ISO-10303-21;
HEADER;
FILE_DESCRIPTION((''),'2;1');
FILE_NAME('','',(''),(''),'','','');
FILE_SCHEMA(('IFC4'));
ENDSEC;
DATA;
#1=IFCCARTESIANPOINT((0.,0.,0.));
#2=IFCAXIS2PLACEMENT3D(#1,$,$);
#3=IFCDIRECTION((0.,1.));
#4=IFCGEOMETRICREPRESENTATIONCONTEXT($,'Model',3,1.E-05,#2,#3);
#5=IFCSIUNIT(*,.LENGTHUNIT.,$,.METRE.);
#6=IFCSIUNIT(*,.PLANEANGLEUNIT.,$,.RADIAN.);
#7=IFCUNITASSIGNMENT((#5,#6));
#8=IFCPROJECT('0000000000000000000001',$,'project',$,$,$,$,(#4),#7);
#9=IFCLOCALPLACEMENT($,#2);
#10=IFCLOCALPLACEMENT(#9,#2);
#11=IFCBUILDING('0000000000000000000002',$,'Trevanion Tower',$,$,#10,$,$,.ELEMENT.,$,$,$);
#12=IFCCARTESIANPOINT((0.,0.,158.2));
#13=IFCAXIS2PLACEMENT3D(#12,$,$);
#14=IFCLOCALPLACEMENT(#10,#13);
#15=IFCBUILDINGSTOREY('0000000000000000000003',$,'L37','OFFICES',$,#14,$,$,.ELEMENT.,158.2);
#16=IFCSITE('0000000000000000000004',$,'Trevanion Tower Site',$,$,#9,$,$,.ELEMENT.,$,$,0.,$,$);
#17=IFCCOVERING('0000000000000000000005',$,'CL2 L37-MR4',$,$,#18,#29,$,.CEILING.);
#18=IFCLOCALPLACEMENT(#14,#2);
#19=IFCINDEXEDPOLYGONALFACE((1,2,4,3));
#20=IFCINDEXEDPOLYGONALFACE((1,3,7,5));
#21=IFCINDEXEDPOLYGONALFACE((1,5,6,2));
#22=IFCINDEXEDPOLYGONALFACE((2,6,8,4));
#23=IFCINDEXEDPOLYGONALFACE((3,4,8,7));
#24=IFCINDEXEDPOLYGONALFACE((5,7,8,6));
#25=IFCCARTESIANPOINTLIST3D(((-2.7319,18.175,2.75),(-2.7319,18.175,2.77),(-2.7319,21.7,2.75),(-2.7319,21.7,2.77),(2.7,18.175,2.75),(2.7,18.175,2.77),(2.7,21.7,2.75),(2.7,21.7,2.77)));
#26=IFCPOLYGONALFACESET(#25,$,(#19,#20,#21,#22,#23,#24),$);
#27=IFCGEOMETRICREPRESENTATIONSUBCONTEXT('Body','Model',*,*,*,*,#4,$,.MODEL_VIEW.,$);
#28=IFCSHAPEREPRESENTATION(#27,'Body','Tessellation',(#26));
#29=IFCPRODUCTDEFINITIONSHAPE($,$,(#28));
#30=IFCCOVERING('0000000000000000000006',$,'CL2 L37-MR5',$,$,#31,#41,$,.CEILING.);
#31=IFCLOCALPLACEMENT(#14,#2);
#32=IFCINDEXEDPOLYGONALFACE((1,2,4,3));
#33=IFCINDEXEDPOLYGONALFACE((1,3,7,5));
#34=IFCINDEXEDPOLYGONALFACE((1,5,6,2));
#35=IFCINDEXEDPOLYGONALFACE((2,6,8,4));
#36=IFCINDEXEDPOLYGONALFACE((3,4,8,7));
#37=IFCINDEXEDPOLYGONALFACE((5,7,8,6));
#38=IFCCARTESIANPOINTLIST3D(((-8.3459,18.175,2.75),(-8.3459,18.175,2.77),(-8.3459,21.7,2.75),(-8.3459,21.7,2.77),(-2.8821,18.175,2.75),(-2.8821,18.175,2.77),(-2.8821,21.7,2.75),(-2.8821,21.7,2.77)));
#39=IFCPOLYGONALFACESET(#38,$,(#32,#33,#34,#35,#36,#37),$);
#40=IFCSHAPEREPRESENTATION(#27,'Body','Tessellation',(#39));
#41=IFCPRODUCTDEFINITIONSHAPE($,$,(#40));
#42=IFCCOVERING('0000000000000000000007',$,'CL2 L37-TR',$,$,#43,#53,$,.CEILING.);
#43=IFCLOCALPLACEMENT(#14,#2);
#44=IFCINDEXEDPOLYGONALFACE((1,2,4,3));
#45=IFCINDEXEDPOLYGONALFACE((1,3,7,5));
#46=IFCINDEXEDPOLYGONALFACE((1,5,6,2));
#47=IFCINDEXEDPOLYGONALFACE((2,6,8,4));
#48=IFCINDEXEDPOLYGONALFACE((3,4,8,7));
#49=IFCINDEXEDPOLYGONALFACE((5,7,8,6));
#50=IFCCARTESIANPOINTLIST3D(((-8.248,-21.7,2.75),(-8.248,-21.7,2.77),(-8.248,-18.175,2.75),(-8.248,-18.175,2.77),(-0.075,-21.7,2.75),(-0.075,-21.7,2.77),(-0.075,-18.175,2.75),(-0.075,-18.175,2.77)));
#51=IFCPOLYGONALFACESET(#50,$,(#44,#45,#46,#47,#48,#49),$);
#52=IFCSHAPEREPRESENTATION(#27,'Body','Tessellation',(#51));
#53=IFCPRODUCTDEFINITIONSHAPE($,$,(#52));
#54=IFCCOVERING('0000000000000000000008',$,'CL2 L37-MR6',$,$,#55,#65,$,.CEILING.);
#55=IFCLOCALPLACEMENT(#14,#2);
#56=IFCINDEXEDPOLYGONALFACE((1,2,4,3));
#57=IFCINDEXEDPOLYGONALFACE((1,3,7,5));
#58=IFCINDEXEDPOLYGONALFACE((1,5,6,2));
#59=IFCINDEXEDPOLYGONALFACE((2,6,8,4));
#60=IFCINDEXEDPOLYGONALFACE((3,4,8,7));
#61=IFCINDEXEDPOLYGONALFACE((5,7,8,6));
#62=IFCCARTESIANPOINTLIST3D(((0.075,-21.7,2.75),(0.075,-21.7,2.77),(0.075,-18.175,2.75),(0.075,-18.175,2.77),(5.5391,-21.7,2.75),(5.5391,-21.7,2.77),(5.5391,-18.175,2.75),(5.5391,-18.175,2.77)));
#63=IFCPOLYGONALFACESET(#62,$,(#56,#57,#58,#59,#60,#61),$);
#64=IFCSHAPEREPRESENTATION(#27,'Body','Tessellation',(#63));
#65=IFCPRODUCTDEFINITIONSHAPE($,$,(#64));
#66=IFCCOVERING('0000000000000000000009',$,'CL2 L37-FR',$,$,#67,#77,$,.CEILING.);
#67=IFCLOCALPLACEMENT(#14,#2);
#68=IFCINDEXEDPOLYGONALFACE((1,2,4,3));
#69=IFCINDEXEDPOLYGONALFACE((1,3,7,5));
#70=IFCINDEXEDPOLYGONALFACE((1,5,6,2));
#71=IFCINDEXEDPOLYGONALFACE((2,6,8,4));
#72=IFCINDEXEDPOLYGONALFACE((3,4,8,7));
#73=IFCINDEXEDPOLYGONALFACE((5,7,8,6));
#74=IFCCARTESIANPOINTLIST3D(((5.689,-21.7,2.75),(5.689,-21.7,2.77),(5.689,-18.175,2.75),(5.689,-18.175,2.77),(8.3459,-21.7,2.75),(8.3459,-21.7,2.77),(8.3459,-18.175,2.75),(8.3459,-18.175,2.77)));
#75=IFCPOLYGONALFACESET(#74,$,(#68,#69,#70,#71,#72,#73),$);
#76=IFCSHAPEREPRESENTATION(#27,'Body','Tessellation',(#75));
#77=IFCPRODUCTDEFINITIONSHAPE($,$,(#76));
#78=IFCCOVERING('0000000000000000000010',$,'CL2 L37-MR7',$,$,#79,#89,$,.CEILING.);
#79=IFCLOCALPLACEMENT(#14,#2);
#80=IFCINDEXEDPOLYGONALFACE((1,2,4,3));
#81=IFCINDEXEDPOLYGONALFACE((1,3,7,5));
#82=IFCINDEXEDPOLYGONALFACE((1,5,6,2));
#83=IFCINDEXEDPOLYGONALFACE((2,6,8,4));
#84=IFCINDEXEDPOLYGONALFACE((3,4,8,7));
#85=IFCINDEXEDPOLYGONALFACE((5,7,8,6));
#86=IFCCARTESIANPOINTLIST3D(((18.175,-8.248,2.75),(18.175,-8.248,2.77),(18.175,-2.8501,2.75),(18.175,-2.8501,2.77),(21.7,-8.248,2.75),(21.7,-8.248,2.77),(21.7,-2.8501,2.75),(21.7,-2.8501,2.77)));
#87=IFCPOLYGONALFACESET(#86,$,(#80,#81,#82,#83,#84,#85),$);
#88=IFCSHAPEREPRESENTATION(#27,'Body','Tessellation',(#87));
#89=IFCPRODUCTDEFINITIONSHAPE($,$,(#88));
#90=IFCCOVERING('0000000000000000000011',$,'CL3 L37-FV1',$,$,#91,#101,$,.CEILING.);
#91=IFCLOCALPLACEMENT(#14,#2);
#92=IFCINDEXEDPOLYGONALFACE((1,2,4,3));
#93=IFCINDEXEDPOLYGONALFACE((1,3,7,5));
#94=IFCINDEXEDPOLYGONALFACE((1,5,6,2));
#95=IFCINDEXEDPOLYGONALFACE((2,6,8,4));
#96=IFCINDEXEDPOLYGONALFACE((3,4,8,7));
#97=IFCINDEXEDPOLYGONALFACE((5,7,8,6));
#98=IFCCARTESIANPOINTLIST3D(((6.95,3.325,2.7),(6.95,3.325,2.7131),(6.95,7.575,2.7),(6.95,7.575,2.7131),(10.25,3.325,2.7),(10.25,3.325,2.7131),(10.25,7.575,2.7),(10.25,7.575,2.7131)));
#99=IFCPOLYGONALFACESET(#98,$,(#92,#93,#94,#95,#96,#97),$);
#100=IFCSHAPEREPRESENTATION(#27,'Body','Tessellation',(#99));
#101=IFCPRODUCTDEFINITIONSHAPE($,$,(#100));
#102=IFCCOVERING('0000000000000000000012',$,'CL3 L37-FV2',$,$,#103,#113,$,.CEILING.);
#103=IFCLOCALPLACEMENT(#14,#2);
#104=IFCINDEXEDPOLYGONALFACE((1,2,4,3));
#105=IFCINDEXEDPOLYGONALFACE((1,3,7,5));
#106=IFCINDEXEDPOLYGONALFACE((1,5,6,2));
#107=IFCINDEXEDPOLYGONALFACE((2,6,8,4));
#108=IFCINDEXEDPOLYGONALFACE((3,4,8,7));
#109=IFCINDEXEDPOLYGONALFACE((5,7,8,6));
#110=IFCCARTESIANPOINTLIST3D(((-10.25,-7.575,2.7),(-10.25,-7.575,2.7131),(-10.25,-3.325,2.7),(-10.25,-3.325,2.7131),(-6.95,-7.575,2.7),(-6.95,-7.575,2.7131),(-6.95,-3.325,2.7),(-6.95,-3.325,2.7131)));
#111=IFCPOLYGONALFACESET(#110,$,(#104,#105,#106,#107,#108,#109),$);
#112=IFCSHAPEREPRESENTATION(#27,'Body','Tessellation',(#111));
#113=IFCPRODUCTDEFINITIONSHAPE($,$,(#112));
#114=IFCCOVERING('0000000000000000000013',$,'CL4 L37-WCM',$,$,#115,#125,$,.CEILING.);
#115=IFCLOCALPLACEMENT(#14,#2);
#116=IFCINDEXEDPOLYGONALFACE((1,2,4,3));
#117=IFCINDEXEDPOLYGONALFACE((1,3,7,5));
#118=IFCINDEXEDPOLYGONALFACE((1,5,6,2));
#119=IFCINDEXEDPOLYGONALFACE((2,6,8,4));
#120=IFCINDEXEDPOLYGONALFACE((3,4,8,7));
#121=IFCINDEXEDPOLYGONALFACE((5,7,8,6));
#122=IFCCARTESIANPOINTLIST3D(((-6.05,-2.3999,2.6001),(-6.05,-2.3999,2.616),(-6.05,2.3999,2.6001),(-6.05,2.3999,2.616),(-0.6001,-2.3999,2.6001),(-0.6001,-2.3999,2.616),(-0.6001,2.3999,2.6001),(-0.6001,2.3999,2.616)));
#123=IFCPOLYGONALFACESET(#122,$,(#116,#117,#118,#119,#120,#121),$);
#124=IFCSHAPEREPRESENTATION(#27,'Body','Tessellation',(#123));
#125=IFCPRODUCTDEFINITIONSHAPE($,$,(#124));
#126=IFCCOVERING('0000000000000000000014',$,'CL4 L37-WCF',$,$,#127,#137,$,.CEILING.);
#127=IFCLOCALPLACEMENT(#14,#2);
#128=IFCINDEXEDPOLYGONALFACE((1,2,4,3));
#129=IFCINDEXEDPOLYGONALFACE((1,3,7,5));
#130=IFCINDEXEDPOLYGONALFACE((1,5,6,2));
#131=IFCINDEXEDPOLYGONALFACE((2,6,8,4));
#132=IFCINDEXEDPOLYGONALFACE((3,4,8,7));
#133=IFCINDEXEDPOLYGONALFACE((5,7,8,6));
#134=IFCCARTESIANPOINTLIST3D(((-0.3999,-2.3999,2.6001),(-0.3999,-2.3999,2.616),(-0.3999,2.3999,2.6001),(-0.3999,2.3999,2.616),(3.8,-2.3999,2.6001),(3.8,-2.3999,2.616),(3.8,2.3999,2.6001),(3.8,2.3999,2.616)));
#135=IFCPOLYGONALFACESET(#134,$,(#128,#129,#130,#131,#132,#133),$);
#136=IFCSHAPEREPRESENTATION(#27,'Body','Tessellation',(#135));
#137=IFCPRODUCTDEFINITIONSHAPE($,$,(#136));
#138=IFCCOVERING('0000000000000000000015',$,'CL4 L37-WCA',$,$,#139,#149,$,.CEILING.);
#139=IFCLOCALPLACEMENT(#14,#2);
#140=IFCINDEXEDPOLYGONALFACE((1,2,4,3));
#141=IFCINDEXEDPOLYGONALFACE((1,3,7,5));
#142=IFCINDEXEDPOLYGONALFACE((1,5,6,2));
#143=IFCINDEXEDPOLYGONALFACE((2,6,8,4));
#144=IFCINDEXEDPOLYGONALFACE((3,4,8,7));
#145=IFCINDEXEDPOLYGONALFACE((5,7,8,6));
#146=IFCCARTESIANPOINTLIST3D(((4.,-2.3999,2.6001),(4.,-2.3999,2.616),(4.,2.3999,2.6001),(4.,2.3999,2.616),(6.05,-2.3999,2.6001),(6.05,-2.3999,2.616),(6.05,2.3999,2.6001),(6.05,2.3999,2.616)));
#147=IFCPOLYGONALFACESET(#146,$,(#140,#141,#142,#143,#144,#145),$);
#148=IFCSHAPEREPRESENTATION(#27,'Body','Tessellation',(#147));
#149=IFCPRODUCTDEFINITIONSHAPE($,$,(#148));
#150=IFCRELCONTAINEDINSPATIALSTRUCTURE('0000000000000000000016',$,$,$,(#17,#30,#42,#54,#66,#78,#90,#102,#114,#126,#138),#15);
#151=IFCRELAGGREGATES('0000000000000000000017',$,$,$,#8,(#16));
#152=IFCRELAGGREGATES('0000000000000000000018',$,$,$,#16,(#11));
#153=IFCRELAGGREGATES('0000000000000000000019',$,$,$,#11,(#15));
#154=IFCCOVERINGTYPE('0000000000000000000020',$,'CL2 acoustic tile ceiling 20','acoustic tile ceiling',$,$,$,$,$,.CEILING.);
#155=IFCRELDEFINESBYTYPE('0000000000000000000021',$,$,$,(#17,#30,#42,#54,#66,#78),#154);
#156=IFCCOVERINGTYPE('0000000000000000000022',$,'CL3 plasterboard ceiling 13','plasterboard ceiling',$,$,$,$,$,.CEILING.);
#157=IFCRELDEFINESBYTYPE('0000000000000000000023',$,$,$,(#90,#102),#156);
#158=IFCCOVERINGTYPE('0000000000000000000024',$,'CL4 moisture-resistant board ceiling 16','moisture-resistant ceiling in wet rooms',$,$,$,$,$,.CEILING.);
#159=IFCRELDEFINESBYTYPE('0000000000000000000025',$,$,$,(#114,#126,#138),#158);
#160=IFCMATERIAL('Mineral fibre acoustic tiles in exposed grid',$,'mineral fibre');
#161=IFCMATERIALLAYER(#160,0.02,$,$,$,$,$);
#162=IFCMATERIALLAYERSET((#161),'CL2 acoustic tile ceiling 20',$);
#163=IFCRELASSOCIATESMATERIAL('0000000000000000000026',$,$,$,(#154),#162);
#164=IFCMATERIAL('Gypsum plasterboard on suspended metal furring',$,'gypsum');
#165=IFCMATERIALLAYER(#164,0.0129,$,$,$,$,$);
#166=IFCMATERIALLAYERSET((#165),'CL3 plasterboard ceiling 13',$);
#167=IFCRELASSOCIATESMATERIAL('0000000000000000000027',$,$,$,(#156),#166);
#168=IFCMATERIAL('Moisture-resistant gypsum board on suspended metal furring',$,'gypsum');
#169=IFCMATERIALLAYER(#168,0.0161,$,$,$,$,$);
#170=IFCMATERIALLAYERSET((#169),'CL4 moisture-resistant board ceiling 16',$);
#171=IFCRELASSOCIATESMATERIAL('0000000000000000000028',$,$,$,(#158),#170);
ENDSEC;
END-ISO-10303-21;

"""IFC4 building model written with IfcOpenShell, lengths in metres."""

from ifc_helpers import new_model, si_unit, direction, frame, origin, place, context, subcontext, project, spatial, polyline, outline, extrude, material, layer, layer_set, type_object, element, save


model = new_model("IFC4")

# Units and contexts
model_context = context("Model", 3, precision=1e-05, world=origin(), true_north=direction((0.0, 1.0)))
body_context = subcontext(model_context, "Body", "Model", "MODEL_VIEW")
ifc_project = project(units=[si_unit("LENGTHUNIT", "METRE"), si_unit("PLANEANGLEUNIT", "RADIAN")], contexts=[model_context])

# Site, building, storey
site_placement = place(None, origin())
site = spatial("IfcSite", under=ifc_project, at=site_placement, Name="Trevanion Tower Site", CompositionType="ELEMENT", RefElevation=0.0)
building_placement = place(site_placement, origin())
building = spatial("IfcBuilding", under=site, at=building_placement, Name="Trevanion Tower", CompositionType="ELEMENT")
storey_placement = place(building_placement, frame((0.0, 0.0, 158.2)))
storey = spatial("IfcBuildingStorey", under=building, at=storey_placement, Name="L37", Description="OFFICES", CompositionType="ELEMENT", Elevation=158.2)

# Coverings
ifc_material_1 = material(Name="Mineral fibre acoustic tiles in exposed grid", Category="mineral fibre")
ifc_layer_1 = layer(ifc_material_1, 0.02)
ifc_layer_set_1 = layer_set([ifc_layer_1], Name="CL2 acoustic tile ceiling 20")
covering_type_1 = type_object("IfcCoveringType", Name="CL2 acoustic tile ceiling 20", Description="acoustic tile ceiling", PredefinedType="CEILING", material=ifc_layer_set_1)
covering_1_placement = place(storey_placement, frame((0.0, 0.0, 2.75)))
element("IfcCovering", 1, at=covering_1_placement, inside=storey, type_object=covering_type_1, Name="CL2 L37-MR4", PredefinedType="CEILING", context=body_context, shape_type="SweptSolid", body=[
    extrude(outline(polyline([(2.7, 18.175), (-2.7319, 18.175), (-2.7319, 21.7), (2.7, 21.7), (2.7, 18.175)])), origin(), (0.0, 0.0, 1.0), 0.02),
])
covering_2_placement = place(storey_placement, frame((0.0, 0.0, 2.75)))
element("IfcCovering", 2, at=covering_2_placement, inside=storey, type_object=covering_type_1, Name="CL2 L37-MR5", PredefinedType="CEILING", context=body_context, shape_type="SweptSolid", body=[
    extrude(outline(polyline([(-2.8821, 18.175), (-8.3459, 18.175), (-8.3459, 21.7), (-2.8821, 21.7), (-2.8821, 18.175)])), origin(), (0.0, 0.0, 1.0), 0.02),
])
covering_3_placement = place(storey_placement, frame((0.0, 0.0, 2.75)))
element("IfcCovering", 3, at=covering_3_placement, inside=storey, type_object=covering_type_1, Name="CL2 L37-TR", PredefinedType="CEILING", context=body_context, shape_type="SweptSolid", body=[
    extrude(outline(polyline([(-8.248, -18.175), (-0.075, -18.175), (-0.075, -21.7), (-8.248, -21.7), (-8.248, -18.175)])), origin(), (0.0, 0.0, 1.0), 0.02),
])
covering_4_placement = place(storey_placement, frame((0.0, 0.0, 2.75)))
element("IfcCovering", 4, at=covering_4_placement, inside=storey, type_object=covering_type_1, Name="CL2 L37-MR6", PredefinedType="CEILING", context=body_context, shape_type="SweptSolid", body=[
    extrude(outline(polyline([(0.075, -18.175), (5.5391, -18.175), (5.5391, -21.7), (0.075, -21.7), (0.075, -18.175)])), origin(), (0.0, 0.0, 1.0), 0.02),
])
covering_5_placement = place(storey_placement, frame((0.0, 0.0, 2.75)))
element("IfcCovering", 5, at=covering_5_placement, inside=storey, type_object=covering_type_1, Name="CL2 L37-FR", PredefinedType="CEILING", context=body_context, shape_type="SweptSolid", body=[
    extrude(outline(polyline([(5.689, -18.175), (8.3459, -18.175), (8.3459, -21.7), (5.689, -21.7), (5.689, -18.175)])), origin(), (0.0, 0.0, 1.0), 0.02),
])
covering_6_placement = place(storey_placement, frame((0.0, 0.0, 2.75)))
element("IfcCovering", 6, at=covering_6_placement, inside=storey, type_object=covering_type_1, Name="CL2 L37-MR7", PredefinedType="CEILING", context=body_context, shape_type="SweptSolid", body=[
    extrude(outline(polyline([(18.175, -8.248), (18.175, -2.8501), (21.7, -2.8501), (21.7, -8.248), (18.175, -8.248)])), origin(), (0.0, 0.0, 1.0), 0.02),
])
ifc_material_2 = material(Name="Gypsum plasterboard on suspended metal furring", Category="gypsum")
ifc_layer_2 = layer(ifc_material_2, 0.0129)
ifc_layer_set_2 = layer_set([ifc_layer_2], Name="CL3 plasterboard ceiling 13")
covering_type_2 = type_object("IfcCoveringType", Name="CL3 plasterboard ceiling 13", Description="plasterboard ceiling", PredefinedType="CEILING", material=ifc_layer_set_2)
covering_7_placement = place(storey_placement, frame((0.0, 0.0, 2.7)))
element("IfcCovering", 7, at=covering_7_placement, inside=storey, type_object=covering_type_2, Name="CL3 L37-FV1", PredefinedType="CEILING", context=body_context, shape_type="SweptSolid", body=[
    extrude(outline(polyline([(10.25, 3.325), (10.25, 7.575), (6.95, 7.575), (6.95, 3.325), (10.25, 3.325)])), origin(), (0.0, 0.0, 1.0), 0.0132),
])
covering_8_placement = place(storey_placement, frame((0.0, 0.0, 2.7)))
element("IfcCovering", 8, at=covering_8_placement, inside=storey, type_object=covering_type_2, Name="CL3 L37-FV2", PredefinedType="CEILING", context=body_context, shape_type="SweptSolid", body=[
    extrude(outline(polyline([(-10.25, -3.325), (-10.25, -7.575), (-6.95, -7.575), (-6.95, -3.325), (-10.25, -3.325)])), origin(), (0.0, 0.0, 1.0), 0.0132),
])
ifc_material_3 = material(Name="Moisture-resistant gypsum board on suspended metal furring", Category="gypsum")
ifc_layer_3 = layer(ifc_material_3, 0.0161)
ifc_layer_set_3 = layer_set([ifc_layer_3], Name="CL4 moisture-resistant board ceiling 16")
covering_type_3 = type_object("IfcCoveringType", Name="CL4 moisture-resistant board ceiling 16", Description="moisture-resistant ceiling in wet rooms", PredefinedType="CEILING", material=ifc_layer_set_3)
covering_9_placement = place(storey_placement, frame((0.0, 0.0, 2.6001)))
element("IfcCovering", 9, at=covering_9_placement, inside=storey, type_object=covering_type_3, Name="CL4 L37-WCM", PredefinedType="CEILING", context=body_context, shape_type="SweptSolid", body=[
    extrude(outline(polyline([(-0.6001, -2.3999), (-0.6001, 2.3999), (-6.05, 2.3999), (-6.05, -2.3999), (-0.6001, -2.3999)])), origin(), (0.0, 0.0, 1.0), 0.0159),
])
covering_10_placement = place(storey_placement, frame((0.0, 0.0, 2.6001)))
element("IfcCovering", 10, at=covering_10_placement, inside=storey, type_object=covering_type_3, Name="CL4 L37-WCF", PredefinedType="CEILING", context=body_context, shape_type="SweptSolid", body=[
    extrude(outline(polyline([(3.8, -2.3999), (3.8, 2.3999), (-0.3999, 2.3999), (-0.3999, -2.3999), (3.8, -2.3999)])), origin(), (0.0, 0.0, 1.0), 0.0159),
])
covering_11_placement = place(storey_placement, frame((0.0, 0.0, 2.6001)))
element("IfcCovering", 11, at=covering_11_placement, inside=storey, type_object=covering_type_3, Name="CL4 L37-WCA", PredefinedType="CEILING", context=body_context, shape_type="SweptSolid", body=[
    extrude(outline(polyline([(6.05, -2.3999), (6.05, 2.3999), (4.0, 2.3999), (4.0, -2.3999), (6.05, -2.3999)])), origin(), (0.0, 0.0, 1.0), 0.0159),
])

save(model, "model.ifc")
